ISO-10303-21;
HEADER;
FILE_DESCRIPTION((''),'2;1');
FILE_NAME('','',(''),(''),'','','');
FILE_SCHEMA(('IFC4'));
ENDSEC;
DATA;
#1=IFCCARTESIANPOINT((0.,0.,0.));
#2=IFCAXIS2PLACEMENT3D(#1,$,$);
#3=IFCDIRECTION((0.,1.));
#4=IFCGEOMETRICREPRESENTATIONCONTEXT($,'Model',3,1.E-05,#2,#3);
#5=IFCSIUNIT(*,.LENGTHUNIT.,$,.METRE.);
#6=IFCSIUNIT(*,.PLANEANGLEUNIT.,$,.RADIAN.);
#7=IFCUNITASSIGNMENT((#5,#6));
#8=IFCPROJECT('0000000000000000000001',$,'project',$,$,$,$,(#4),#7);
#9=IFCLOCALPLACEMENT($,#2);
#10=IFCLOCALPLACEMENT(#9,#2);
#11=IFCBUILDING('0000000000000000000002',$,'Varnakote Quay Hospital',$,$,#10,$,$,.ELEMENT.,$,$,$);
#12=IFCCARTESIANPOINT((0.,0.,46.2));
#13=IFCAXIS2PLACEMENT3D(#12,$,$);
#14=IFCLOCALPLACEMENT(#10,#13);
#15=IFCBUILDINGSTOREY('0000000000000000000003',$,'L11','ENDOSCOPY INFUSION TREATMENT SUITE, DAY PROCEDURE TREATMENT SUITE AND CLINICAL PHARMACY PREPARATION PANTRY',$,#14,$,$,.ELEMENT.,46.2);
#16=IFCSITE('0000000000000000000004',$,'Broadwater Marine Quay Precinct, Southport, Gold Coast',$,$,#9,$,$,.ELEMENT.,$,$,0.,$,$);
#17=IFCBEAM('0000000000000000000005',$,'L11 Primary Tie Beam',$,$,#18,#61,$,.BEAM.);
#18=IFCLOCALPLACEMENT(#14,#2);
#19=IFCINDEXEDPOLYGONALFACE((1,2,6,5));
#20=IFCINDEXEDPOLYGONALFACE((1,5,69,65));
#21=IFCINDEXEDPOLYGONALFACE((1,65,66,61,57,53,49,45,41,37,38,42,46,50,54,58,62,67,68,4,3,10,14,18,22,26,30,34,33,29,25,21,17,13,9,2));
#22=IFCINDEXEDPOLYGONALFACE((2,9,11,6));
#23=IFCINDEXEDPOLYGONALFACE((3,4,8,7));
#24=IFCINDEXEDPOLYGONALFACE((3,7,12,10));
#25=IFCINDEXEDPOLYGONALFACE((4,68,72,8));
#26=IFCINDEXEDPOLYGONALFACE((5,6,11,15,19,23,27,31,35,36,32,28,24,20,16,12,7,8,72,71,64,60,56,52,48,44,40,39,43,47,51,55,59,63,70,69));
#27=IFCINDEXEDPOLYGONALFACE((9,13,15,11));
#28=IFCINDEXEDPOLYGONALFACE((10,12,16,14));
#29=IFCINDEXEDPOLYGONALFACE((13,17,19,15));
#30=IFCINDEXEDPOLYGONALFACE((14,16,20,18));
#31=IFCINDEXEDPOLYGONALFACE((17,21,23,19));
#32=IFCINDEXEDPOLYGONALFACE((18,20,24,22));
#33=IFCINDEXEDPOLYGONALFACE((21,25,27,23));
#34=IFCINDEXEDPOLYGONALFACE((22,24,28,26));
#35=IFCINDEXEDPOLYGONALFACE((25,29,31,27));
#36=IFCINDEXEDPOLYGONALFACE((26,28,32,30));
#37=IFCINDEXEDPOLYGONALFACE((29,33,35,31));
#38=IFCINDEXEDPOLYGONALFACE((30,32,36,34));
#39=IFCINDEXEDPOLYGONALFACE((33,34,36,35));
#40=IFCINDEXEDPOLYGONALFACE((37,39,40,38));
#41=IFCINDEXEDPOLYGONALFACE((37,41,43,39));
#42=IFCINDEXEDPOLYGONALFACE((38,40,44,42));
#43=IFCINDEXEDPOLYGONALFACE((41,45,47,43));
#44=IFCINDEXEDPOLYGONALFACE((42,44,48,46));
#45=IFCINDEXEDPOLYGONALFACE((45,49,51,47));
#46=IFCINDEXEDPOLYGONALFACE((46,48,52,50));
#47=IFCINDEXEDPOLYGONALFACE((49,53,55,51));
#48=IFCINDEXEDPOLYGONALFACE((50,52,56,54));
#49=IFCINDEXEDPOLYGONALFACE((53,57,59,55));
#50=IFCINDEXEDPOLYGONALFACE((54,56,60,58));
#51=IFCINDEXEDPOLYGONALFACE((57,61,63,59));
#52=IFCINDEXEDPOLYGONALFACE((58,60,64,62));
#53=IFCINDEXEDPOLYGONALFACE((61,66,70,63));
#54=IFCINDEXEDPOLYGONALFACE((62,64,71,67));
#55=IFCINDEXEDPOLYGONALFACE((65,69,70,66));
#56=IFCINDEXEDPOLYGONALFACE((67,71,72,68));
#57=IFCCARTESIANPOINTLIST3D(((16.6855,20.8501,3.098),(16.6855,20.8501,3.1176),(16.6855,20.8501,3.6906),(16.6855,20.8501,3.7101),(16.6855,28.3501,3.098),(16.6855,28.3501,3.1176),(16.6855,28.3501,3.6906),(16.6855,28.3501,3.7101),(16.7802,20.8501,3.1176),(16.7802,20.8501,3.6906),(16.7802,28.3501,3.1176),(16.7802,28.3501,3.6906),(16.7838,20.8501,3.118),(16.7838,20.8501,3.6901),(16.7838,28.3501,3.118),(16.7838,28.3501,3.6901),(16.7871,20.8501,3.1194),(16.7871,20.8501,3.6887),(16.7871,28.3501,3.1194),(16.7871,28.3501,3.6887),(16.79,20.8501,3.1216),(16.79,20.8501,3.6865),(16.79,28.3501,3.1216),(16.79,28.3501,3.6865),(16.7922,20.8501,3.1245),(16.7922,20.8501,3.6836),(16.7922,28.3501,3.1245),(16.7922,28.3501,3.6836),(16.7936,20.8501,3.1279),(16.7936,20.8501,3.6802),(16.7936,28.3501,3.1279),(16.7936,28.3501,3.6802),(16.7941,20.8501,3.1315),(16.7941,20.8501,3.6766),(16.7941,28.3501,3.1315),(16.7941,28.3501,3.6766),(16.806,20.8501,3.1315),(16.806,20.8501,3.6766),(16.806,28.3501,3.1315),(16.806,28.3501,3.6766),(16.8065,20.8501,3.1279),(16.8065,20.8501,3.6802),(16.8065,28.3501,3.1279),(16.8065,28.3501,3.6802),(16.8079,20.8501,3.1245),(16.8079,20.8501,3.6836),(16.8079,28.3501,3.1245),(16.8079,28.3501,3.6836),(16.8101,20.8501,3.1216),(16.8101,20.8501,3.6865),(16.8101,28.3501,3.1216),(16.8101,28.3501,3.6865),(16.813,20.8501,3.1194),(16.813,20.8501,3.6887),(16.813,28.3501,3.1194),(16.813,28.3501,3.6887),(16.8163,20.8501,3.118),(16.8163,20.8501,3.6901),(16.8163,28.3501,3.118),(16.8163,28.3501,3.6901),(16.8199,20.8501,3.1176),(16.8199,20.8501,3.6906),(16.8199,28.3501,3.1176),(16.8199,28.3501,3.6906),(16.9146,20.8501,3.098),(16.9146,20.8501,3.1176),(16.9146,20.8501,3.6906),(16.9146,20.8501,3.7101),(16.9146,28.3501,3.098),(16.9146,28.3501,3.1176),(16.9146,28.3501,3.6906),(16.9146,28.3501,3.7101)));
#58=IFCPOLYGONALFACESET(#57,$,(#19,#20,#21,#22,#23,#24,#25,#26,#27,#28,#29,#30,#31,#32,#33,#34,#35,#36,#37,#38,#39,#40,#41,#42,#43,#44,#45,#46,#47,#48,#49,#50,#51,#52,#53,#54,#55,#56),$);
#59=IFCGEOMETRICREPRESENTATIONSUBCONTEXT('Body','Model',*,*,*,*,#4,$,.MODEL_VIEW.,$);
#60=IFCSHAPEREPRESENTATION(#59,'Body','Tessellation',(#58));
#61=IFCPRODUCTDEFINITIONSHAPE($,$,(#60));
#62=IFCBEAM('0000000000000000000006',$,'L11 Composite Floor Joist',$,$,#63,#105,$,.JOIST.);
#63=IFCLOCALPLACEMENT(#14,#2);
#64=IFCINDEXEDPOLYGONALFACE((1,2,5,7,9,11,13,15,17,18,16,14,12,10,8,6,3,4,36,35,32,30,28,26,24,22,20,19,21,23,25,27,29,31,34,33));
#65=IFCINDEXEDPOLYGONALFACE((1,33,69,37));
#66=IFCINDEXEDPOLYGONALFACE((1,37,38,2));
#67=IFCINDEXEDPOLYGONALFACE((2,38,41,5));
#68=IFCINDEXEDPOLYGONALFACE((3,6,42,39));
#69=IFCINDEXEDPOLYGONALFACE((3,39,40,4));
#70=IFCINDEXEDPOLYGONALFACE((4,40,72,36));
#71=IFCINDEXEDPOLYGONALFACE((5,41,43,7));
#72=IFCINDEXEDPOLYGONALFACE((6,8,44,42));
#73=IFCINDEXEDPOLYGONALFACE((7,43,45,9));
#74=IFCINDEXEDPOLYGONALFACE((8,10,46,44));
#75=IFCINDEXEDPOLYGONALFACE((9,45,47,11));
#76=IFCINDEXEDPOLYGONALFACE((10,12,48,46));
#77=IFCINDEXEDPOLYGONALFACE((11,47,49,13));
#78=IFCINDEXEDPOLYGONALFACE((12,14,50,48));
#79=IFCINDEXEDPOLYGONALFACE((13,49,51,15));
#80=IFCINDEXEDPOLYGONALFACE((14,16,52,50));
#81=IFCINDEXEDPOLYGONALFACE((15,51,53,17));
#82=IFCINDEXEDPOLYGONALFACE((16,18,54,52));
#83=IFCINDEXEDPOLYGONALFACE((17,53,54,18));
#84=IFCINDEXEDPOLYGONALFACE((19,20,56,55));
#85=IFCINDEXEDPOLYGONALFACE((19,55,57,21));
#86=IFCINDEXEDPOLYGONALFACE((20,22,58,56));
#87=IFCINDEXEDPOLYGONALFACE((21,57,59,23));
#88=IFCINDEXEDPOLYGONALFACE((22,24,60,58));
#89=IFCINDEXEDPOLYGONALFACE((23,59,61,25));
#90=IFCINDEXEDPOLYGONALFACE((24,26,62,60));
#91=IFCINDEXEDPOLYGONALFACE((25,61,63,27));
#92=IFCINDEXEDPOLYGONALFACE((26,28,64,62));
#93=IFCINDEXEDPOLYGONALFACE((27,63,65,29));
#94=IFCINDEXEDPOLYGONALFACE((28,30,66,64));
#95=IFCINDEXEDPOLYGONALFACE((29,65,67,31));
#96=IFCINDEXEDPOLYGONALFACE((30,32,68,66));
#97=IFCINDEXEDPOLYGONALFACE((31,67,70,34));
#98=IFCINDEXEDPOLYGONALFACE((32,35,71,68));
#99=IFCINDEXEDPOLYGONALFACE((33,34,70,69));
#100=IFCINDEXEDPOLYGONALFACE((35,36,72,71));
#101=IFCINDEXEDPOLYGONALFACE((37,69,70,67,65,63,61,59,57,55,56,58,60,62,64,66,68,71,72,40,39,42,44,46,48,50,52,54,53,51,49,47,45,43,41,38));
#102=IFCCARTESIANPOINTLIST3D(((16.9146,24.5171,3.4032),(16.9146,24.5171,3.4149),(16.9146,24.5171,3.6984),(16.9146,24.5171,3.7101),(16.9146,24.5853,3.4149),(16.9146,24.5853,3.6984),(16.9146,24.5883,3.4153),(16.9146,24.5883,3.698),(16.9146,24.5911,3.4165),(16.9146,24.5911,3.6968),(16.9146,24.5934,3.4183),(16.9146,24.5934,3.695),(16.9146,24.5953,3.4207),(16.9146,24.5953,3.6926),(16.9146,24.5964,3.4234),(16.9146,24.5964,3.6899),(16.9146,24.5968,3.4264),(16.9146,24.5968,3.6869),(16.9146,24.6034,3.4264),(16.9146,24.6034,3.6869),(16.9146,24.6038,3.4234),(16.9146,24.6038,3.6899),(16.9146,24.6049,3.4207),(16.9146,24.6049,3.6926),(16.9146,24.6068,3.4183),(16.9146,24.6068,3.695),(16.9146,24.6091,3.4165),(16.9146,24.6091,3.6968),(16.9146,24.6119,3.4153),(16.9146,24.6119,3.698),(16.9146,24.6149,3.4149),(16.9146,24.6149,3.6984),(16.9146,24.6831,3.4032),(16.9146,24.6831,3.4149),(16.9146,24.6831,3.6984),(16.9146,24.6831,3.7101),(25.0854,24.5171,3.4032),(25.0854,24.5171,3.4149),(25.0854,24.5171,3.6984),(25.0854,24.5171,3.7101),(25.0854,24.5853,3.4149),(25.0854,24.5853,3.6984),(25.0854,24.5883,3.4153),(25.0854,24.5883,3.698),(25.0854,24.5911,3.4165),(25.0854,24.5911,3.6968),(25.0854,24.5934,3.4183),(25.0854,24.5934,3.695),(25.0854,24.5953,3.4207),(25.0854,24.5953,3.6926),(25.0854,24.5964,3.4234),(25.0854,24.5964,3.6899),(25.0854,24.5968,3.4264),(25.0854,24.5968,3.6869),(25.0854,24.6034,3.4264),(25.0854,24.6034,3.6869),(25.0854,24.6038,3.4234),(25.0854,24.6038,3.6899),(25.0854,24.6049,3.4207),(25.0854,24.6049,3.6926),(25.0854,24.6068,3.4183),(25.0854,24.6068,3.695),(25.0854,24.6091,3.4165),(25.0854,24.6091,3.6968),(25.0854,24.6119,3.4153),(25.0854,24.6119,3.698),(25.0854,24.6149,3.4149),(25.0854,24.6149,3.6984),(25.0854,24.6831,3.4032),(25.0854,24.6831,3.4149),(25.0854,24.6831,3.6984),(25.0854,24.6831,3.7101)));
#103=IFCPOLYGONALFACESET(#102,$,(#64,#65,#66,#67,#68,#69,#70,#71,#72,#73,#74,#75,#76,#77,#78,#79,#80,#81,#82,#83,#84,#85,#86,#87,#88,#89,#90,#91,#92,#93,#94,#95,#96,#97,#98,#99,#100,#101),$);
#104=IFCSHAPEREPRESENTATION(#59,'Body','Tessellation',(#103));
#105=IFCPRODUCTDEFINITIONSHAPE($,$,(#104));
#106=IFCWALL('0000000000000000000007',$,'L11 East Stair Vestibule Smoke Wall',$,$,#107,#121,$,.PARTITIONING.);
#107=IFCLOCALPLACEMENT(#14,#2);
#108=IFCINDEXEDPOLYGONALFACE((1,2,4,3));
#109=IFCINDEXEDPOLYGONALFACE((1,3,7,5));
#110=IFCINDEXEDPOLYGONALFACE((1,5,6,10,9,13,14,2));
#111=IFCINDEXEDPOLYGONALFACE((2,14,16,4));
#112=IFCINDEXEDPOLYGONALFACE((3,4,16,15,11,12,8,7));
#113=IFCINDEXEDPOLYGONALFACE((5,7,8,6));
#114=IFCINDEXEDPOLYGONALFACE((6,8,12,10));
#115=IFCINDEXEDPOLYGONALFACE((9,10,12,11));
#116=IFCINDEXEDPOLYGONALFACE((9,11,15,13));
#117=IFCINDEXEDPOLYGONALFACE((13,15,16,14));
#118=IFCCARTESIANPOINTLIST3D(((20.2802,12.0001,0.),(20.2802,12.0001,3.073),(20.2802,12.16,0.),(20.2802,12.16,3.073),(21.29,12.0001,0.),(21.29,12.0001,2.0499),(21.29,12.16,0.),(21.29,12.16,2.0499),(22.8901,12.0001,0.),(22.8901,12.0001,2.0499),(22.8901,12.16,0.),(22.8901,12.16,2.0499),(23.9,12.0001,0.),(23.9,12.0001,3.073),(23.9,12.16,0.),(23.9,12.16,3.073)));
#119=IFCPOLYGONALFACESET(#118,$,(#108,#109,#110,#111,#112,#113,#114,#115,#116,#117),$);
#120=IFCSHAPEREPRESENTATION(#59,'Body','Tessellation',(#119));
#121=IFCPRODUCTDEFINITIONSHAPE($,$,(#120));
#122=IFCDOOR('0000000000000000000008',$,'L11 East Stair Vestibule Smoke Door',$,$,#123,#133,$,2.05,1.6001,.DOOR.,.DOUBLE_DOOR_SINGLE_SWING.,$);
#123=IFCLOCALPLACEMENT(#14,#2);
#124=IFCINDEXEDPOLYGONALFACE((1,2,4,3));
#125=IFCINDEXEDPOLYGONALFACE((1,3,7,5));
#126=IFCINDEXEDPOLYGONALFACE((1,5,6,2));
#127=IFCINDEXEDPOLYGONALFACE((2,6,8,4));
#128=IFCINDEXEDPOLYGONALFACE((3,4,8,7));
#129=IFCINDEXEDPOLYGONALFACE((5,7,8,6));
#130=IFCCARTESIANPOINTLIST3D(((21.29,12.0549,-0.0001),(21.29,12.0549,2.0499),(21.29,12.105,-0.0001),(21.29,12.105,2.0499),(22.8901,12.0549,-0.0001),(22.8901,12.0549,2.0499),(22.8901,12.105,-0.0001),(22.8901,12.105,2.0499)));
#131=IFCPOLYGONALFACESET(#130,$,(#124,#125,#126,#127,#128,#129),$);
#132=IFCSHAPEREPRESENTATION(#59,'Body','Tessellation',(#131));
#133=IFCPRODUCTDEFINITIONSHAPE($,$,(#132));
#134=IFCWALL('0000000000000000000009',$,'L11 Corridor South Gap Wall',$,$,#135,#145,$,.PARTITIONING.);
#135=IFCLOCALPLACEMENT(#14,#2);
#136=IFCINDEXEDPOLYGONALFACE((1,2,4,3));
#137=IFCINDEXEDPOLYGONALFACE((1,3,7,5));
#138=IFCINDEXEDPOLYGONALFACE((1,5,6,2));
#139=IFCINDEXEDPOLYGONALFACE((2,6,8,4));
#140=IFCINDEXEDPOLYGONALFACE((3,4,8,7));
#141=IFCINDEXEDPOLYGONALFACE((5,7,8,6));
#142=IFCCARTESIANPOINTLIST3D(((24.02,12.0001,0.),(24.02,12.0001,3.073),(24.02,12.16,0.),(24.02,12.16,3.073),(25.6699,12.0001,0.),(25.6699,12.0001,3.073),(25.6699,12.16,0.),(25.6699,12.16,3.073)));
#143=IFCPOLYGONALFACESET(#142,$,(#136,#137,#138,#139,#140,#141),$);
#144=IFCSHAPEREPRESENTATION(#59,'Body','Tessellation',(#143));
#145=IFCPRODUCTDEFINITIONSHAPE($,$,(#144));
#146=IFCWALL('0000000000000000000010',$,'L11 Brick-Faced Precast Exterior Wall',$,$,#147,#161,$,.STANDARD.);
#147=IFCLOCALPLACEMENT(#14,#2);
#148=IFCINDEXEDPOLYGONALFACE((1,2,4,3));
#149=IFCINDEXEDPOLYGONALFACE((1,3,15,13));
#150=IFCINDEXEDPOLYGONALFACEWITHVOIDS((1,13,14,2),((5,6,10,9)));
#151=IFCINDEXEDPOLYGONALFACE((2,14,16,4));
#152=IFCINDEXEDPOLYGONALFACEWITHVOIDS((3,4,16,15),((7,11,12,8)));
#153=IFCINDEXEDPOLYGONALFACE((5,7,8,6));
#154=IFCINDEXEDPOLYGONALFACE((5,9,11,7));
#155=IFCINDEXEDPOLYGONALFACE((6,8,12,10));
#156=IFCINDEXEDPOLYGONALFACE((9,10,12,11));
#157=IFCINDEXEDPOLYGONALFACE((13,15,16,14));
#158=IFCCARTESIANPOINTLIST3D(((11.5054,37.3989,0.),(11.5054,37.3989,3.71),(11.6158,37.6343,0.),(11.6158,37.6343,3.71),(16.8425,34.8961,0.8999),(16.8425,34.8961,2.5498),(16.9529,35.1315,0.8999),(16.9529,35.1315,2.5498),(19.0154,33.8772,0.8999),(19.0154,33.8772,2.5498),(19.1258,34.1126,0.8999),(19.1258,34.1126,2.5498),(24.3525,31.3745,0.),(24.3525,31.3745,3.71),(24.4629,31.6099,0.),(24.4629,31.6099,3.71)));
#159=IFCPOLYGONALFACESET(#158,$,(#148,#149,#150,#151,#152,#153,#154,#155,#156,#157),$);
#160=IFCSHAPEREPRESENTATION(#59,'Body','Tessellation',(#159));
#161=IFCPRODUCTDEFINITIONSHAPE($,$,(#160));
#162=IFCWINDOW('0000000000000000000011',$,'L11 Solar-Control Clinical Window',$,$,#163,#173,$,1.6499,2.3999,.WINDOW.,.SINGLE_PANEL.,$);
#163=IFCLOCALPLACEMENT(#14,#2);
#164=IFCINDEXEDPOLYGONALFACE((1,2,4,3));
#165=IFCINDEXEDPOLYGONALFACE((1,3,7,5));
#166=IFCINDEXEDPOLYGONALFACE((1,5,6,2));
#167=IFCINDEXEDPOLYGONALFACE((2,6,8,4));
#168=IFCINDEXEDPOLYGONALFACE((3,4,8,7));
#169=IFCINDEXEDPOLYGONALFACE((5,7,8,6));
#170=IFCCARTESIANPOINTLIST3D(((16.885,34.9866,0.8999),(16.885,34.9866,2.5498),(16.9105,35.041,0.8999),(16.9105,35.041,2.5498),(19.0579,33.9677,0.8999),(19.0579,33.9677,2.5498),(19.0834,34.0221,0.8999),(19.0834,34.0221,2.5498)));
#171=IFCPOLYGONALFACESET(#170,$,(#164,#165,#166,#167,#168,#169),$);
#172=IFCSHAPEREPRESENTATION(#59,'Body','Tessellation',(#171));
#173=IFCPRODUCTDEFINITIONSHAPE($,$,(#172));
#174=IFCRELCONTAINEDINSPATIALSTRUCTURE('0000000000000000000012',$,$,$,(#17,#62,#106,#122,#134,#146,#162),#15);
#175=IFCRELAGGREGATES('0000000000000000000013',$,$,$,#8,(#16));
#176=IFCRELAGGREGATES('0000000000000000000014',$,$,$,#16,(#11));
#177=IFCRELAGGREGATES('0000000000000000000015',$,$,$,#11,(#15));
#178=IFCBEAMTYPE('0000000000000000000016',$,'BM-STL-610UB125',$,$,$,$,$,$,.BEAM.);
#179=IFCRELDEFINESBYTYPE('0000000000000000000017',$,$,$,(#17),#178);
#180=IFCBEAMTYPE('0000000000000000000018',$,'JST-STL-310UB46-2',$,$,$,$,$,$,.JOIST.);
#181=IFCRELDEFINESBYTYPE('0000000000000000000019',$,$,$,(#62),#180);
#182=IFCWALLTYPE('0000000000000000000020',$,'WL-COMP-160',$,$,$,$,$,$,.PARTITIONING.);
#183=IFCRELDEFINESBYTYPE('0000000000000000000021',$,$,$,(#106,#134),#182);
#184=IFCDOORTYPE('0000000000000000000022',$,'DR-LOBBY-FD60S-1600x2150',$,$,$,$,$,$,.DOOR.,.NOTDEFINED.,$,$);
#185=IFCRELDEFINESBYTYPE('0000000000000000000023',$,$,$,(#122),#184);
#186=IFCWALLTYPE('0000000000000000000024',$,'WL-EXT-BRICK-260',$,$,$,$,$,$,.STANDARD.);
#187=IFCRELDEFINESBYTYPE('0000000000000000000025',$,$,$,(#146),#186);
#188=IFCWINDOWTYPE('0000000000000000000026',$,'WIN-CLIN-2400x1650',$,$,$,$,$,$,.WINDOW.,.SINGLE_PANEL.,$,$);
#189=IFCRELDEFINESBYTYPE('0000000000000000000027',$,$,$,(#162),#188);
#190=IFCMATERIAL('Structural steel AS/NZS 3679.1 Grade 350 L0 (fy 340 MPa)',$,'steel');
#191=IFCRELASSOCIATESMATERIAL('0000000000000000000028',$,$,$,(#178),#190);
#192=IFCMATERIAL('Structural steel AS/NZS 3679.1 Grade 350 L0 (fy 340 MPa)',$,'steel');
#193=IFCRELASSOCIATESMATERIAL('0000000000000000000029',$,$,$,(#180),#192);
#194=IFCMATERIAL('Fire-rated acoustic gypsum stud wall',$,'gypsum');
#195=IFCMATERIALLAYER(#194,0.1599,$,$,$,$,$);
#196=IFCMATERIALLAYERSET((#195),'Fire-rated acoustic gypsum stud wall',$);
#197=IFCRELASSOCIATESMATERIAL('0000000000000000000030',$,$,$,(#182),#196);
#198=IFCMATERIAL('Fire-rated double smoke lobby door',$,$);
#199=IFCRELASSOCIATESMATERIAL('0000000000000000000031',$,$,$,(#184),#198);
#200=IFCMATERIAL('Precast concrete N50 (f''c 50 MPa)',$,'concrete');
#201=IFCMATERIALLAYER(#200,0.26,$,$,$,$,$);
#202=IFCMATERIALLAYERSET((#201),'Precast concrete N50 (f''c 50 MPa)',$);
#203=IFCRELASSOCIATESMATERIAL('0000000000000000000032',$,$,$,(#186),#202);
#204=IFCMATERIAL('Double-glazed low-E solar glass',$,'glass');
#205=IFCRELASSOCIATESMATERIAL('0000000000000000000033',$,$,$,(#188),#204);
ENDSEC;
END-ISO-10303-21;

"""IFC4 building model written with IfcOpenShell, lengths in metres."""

from ifc_helpers import new_model, si_unit, direction, frame, frame_2d, origin, origin_2d, place, context, subcontext, project, spatial, rectangle, i_section, extrude, material, layer, layer_set, material_profile, profile_set, type_object, element, fill, save


model = new_model("IFC4")

# Units and contexts
model_context = context("Model", 3, precision=1e-05, world=origin(), true_north=direction((0.0, 1.0)))
body_context = subcontext(model_context, "Body", "Model", "MODEL_VIEW")
ifc_project = project(units=[si_unit("LENGTHUNIT", "METRE"), si_unit("PLANEANGLEUNIT", "RADIAN")], contexts=[model_context])

# Site, building, storey
site_placement = place(None, origin())
site = spatial("IfcSite", under=ifc_project, at=site_placement, Name="Broadwater Marine Quay Precinct, Southport, Gold Coast", CompositionType="ELEMENT", RefElevation=0.0)
building_placement = place(site_placement, origin())
building = spatial("IfcBuilding", under=site, at=building_placement, Name="Varnakote Quay Hospital", CompositionType="ELEMENT")
storey_placement = place(building_placement, frame((0.0, 0.0, 46.2)))
storey = spatial("IfcBuildingStorey", under=building, at=storey_placement, Name="L11", Description="ENDOSCOPY INFUSION TREATMENT SUITE, DAY PROCEDURE TREATMENT SUITE AND CLINICAL PHARMACY PREPARATION PANTRY", CompositionType="ELEMENT", Elevation=46.2)

# Beams
ifc_material_1 = material(Name="Structural steel AS/NZS 3679.1 Grade 350 L0 (fy 340 MPa)", Category="steel")
ifc_material_profile_1 = material_profile(ifc_material_1, i_section(OverallWidth=0.229, OverallDepth=0.6121, WebThickness=0.012, FlangeThickness=0.0195, FilletRadius=0.0139, at=origin_2d()), Name="610UB125")
ifc_profile_set_1 = profile_set([ifc_material_profile_1], Name="Structural steel AS/NZS 3679.1 Grade 350 L0 (fy 340 MPa)")
beam_type_1 = type_object("IfcBeamType", Name="BM-STL-610UB125", PredefinedType="BEAM", material=ifc_profile_set_1)
beam_1_placement = place(storey_placement, frame((16.8, 20.8501, 3.4041), z_axis=(0.0, 1.0, 0.0), x_axis=(-1.0, 0.0, 0.0)))
element("IfcBeam", 1, at=beam_1_placement, inside=storey, type_object=beam_type_1, Name="L11 Primary Tie Beam", PredefinedType="BEAM", context=body_context, shape_type="SweptSolid", body=[
    extrude(i_section(OverallWidth=0.229, OverallDepth=0.6121, WebThickness=0.012, FlangeThickness=0.0195, FilletRadius=0.0139, at=origin_2d()), origin(), (0.0, 0.0, 1.0), 7.5),
])
ifc_material_2 = material(Name="Structural steel AS/NZS 3679.1 Grade 350 L0 (fy 340 MPa)", Category="steel")
ifc_material_profile_2 = material_profile(ifc_material_2, i_section(OverallWidth=0.166, OverallDepth=0.3069, WebThickness=0.0066, FlangeThickness=0.0117, FilletRadius=0.0115, at=origin_2d()), Name="310UB46.2")
ifc_profile_set_2 = profile_set([ifc_material_profile_2], Name="Structural steel AS/NZS 3679.1 Grade 350 L0 (fy 340 MPa)")
beam_type_2 = type_object("IfcBeamType", Name="JST-STL-310UB46-2", PredefinedType="JOIST", material=ifc_profile_set_2)
beam_2_placement = place(storey_placement, frame((16.9146, 24.6001, 3.5566), z_axis=(1.0, 0.0, 0.0), x_axis=(0.0, 1.0, 0.0)))
element("IfcBeam", 2, at=beam_2_placement, inside=storey, type_object=beam_type_2, Name="L11 Composite Floor Joist", PredefinedType="JOIST", context=body_context, shape_type="SweptSolid", body=[
    extrude(i_section(OverallWidth=0.166, OverallDepth=0.3069, WebThickness=0.0066, FlangeThickness=0.0117, FilletRadius=0.0115, at=origin_2d()), origin(), (0.0, 0.0, 1.0), 8.1709),
])

# Wall, opening, door
ifc_material_3 = material(Name="Fire-rated acoustic gypsum stud wall", Category="gypsum")
ifc_layer_1 = layer(ifc_material_3, 0.1599)
ifc_layer_set_1 = layer_set([ifc_layer_1], Name="Fire-rated acoustic gypsum stud wall")
wall_type_1 = type_object("IfcWallType", Name="WL-COMP-160", PredefinedType="PARTITIONING", material=ifc_layer_set_1)
wall_1_placement = place(storey_placement, frame((20.28, 12.0801, 0.0), z_axis=(0.0, 0.0, 1.0), x_axis=(1.0, 0.0, 0.0)))
wall_1 = element("IfcWall", 3, at=wall_1_placement, inside=storey, type_object=wall_type_1, Name="L11 East Stair Vestibule Smoke Wall", PredefinedType="PARTITIONING", context=body_context, shape_type="SweptSolid", body=[
    extrude(rectangle(XDim=3.6199, YDim=0.1599, at=frame_2d((1.8101, 0.0))), origin(), (0.0, 0.0, 1.0), 3.073),
])
opening_1_placement = place(wall_1_placement, frame((1.01, 0.0, 0.0)))
opening_1 = element("IfcOpeningElement", 4, at=opening_1_placement, cuts=wall_1, PredefinedType="OPENING", context=body_context, shape_type="SweptSolid", body=[
    extrude(rectangle(XDim=1.6001, YDim=2.05, at=frame_2d((0.8, 1.0249))), frame((0.0, 0.0898, 0.0), z_axis=(0.0, -1.0, 0.0), x_axis=(1.0, 0.0, 0.0)), (0.0, 0.0, 1.0), 0.1799),
])
ifc_material_4 = material(Name="Fire-rated double smoke lobby door")
door_type_1 = type_object("IfcDoorType", Name="DR-LOBBY-FD60S-1600x2150", OperationType="NOTDEFINED", PredefinedType="DOOR", material=ifc_material_4)
door_1_placement = place(opening_1_placement, origin())
door_1 = element("IfcDoor", 5, at=door_1_placement, inside=storey, type_object=door_type_1, Name="L11 East Stair Vestibule Smoke Door", OperationType="DOUBLE_DOOR_SINGLE_SWING", OverallHeight=2.05, OverallWidth=1.6001, PredefinedType="DOOR", context=body_context, shape_type="SweptSolid", body=[
    extrude(rectangle(XDim=1.6001, YDim=2.05, at=frame_2d((0.8, 1.0249))), frame((0.0, 0.0249, 0.0), z_axis=(0.0, -1.0, 0.0), x_axis=(1.0, 0.0, 0.0)), (0.0, 0.0, 1.0), 0.05),
])
fill(opening_1, door_1)

# Wall
wall_2_placement = place(storey_placement, frame((24.02, 12.0801, 0.0), z_axis=(0.0, 0.0, 1.0), x_axis=(1.0, 0.0, 0.0)))
element("IfcWall", 6, at=wall_2_placement, inside=storey, type_object=wall_type_1, Name="L11 Corridor South Gap Wall", PredefinedType="PARTITIONING", context=body_context, shape_type="SweptSolid", body=[
    extrude(rectangle(XDim=1.6499, YDim=0.1599, at=frame_2d((0.825, 0.0))), origin(), (0.0, 0.0, 1.0), 3.073),
])

# Wall, opening, window
ifc_material_5 = material(Name="Precast concrete N50 (f'c 50 MPa)", Category="concrete")
ifc_layer_2 = layer(ifc_material_5, 0.26)
ifc_layer_set_2 = layer_set([ifc_layer_2], Name="Precast concrete N50 (f'c 50 MPa)")
wall_type_2 = type_object("IfcWallType", Name="WL-EXT-BRICK-260", PredefinedType="STANDARD", material=ifc_layer_set_2)
wall_3_placement = place(storey_placement, frame((24.4077, 31.4922, 0.0), z_axis=(0.0, 0.0, 1.0), x_axis=(-0.905397, 0.424567, 0.0)))
wall_3 = element("IfcWall", 7, at=wall_3_placement, inside=storey, type_object=wall_type_2, Name="L11 Brick-Faced Precast Exterior Wall", PredefinedType="STANDARD", context=body_context, shape_type="SweptSolid", body=[
    extrude(rectangle(XDim=14.1895, YDim=0.26, at=frame_2d((7.0947, 0.0))), origin(), (0.0, 0.0, 1.0), 3.71),
])
opening_2_placement = place(wall_3_placement, frame((5.8948, 0.0, 0.8999)))
opening_2 = element("IfcOpeningElement", 8, at=opening_2_placement, cuts=wall_3, PredefinedType="OPENING", context=body_context, shape_type="SweptSolid", body=[
    extrude(rectangle(XDim=2.3999, YDim=1.6499, at=frame_2d((1.2, 0.825))), frame((0.0, 0.1399, 0.0), z_axis=(0.0, -1.0, 0.0), x_axis=(1.0, 0.0, 0.0)), (0.0, 0.0, 1.0), 0.28),
])
ifc_material_6 = material(Name="Double-glazed low-E solar glass", Category="glass")
window_type = type_object("IfcWindowType", Name="WIN-CLIN-2400x1650", PartitioningType="SINGLE_PANEL", PredefinedType="WINDOW", material=ifc_material_6)
window_placement = place(opening_2_placement, origin())
window = element("IfcWindow", 9, at=window_placement, inside=storey, type_object=window_type, Name="L11 Solar-Control Clinical Window", OverallHeight=1.6499, OverallWidth=2.3999, PartitioningType="SINGLE_PANEL", PredefinedType="WINDOW", context=body_context, shape_type="SweptSolid", body=[
    extrude(rectangle(XDim=2.3999, YDim=1.6499, at=frame_2d((1.2, 0.825))), frame((0.0, 0.03, 0.0), z_axis=(0.0, -1.0, 0.0), x_axis=(1.0, 0.0, 0.0)), (0.0, 0.0, 1.0), 0.0601),
])
fill(opening_2, window)

save(model, "model.ifc")
